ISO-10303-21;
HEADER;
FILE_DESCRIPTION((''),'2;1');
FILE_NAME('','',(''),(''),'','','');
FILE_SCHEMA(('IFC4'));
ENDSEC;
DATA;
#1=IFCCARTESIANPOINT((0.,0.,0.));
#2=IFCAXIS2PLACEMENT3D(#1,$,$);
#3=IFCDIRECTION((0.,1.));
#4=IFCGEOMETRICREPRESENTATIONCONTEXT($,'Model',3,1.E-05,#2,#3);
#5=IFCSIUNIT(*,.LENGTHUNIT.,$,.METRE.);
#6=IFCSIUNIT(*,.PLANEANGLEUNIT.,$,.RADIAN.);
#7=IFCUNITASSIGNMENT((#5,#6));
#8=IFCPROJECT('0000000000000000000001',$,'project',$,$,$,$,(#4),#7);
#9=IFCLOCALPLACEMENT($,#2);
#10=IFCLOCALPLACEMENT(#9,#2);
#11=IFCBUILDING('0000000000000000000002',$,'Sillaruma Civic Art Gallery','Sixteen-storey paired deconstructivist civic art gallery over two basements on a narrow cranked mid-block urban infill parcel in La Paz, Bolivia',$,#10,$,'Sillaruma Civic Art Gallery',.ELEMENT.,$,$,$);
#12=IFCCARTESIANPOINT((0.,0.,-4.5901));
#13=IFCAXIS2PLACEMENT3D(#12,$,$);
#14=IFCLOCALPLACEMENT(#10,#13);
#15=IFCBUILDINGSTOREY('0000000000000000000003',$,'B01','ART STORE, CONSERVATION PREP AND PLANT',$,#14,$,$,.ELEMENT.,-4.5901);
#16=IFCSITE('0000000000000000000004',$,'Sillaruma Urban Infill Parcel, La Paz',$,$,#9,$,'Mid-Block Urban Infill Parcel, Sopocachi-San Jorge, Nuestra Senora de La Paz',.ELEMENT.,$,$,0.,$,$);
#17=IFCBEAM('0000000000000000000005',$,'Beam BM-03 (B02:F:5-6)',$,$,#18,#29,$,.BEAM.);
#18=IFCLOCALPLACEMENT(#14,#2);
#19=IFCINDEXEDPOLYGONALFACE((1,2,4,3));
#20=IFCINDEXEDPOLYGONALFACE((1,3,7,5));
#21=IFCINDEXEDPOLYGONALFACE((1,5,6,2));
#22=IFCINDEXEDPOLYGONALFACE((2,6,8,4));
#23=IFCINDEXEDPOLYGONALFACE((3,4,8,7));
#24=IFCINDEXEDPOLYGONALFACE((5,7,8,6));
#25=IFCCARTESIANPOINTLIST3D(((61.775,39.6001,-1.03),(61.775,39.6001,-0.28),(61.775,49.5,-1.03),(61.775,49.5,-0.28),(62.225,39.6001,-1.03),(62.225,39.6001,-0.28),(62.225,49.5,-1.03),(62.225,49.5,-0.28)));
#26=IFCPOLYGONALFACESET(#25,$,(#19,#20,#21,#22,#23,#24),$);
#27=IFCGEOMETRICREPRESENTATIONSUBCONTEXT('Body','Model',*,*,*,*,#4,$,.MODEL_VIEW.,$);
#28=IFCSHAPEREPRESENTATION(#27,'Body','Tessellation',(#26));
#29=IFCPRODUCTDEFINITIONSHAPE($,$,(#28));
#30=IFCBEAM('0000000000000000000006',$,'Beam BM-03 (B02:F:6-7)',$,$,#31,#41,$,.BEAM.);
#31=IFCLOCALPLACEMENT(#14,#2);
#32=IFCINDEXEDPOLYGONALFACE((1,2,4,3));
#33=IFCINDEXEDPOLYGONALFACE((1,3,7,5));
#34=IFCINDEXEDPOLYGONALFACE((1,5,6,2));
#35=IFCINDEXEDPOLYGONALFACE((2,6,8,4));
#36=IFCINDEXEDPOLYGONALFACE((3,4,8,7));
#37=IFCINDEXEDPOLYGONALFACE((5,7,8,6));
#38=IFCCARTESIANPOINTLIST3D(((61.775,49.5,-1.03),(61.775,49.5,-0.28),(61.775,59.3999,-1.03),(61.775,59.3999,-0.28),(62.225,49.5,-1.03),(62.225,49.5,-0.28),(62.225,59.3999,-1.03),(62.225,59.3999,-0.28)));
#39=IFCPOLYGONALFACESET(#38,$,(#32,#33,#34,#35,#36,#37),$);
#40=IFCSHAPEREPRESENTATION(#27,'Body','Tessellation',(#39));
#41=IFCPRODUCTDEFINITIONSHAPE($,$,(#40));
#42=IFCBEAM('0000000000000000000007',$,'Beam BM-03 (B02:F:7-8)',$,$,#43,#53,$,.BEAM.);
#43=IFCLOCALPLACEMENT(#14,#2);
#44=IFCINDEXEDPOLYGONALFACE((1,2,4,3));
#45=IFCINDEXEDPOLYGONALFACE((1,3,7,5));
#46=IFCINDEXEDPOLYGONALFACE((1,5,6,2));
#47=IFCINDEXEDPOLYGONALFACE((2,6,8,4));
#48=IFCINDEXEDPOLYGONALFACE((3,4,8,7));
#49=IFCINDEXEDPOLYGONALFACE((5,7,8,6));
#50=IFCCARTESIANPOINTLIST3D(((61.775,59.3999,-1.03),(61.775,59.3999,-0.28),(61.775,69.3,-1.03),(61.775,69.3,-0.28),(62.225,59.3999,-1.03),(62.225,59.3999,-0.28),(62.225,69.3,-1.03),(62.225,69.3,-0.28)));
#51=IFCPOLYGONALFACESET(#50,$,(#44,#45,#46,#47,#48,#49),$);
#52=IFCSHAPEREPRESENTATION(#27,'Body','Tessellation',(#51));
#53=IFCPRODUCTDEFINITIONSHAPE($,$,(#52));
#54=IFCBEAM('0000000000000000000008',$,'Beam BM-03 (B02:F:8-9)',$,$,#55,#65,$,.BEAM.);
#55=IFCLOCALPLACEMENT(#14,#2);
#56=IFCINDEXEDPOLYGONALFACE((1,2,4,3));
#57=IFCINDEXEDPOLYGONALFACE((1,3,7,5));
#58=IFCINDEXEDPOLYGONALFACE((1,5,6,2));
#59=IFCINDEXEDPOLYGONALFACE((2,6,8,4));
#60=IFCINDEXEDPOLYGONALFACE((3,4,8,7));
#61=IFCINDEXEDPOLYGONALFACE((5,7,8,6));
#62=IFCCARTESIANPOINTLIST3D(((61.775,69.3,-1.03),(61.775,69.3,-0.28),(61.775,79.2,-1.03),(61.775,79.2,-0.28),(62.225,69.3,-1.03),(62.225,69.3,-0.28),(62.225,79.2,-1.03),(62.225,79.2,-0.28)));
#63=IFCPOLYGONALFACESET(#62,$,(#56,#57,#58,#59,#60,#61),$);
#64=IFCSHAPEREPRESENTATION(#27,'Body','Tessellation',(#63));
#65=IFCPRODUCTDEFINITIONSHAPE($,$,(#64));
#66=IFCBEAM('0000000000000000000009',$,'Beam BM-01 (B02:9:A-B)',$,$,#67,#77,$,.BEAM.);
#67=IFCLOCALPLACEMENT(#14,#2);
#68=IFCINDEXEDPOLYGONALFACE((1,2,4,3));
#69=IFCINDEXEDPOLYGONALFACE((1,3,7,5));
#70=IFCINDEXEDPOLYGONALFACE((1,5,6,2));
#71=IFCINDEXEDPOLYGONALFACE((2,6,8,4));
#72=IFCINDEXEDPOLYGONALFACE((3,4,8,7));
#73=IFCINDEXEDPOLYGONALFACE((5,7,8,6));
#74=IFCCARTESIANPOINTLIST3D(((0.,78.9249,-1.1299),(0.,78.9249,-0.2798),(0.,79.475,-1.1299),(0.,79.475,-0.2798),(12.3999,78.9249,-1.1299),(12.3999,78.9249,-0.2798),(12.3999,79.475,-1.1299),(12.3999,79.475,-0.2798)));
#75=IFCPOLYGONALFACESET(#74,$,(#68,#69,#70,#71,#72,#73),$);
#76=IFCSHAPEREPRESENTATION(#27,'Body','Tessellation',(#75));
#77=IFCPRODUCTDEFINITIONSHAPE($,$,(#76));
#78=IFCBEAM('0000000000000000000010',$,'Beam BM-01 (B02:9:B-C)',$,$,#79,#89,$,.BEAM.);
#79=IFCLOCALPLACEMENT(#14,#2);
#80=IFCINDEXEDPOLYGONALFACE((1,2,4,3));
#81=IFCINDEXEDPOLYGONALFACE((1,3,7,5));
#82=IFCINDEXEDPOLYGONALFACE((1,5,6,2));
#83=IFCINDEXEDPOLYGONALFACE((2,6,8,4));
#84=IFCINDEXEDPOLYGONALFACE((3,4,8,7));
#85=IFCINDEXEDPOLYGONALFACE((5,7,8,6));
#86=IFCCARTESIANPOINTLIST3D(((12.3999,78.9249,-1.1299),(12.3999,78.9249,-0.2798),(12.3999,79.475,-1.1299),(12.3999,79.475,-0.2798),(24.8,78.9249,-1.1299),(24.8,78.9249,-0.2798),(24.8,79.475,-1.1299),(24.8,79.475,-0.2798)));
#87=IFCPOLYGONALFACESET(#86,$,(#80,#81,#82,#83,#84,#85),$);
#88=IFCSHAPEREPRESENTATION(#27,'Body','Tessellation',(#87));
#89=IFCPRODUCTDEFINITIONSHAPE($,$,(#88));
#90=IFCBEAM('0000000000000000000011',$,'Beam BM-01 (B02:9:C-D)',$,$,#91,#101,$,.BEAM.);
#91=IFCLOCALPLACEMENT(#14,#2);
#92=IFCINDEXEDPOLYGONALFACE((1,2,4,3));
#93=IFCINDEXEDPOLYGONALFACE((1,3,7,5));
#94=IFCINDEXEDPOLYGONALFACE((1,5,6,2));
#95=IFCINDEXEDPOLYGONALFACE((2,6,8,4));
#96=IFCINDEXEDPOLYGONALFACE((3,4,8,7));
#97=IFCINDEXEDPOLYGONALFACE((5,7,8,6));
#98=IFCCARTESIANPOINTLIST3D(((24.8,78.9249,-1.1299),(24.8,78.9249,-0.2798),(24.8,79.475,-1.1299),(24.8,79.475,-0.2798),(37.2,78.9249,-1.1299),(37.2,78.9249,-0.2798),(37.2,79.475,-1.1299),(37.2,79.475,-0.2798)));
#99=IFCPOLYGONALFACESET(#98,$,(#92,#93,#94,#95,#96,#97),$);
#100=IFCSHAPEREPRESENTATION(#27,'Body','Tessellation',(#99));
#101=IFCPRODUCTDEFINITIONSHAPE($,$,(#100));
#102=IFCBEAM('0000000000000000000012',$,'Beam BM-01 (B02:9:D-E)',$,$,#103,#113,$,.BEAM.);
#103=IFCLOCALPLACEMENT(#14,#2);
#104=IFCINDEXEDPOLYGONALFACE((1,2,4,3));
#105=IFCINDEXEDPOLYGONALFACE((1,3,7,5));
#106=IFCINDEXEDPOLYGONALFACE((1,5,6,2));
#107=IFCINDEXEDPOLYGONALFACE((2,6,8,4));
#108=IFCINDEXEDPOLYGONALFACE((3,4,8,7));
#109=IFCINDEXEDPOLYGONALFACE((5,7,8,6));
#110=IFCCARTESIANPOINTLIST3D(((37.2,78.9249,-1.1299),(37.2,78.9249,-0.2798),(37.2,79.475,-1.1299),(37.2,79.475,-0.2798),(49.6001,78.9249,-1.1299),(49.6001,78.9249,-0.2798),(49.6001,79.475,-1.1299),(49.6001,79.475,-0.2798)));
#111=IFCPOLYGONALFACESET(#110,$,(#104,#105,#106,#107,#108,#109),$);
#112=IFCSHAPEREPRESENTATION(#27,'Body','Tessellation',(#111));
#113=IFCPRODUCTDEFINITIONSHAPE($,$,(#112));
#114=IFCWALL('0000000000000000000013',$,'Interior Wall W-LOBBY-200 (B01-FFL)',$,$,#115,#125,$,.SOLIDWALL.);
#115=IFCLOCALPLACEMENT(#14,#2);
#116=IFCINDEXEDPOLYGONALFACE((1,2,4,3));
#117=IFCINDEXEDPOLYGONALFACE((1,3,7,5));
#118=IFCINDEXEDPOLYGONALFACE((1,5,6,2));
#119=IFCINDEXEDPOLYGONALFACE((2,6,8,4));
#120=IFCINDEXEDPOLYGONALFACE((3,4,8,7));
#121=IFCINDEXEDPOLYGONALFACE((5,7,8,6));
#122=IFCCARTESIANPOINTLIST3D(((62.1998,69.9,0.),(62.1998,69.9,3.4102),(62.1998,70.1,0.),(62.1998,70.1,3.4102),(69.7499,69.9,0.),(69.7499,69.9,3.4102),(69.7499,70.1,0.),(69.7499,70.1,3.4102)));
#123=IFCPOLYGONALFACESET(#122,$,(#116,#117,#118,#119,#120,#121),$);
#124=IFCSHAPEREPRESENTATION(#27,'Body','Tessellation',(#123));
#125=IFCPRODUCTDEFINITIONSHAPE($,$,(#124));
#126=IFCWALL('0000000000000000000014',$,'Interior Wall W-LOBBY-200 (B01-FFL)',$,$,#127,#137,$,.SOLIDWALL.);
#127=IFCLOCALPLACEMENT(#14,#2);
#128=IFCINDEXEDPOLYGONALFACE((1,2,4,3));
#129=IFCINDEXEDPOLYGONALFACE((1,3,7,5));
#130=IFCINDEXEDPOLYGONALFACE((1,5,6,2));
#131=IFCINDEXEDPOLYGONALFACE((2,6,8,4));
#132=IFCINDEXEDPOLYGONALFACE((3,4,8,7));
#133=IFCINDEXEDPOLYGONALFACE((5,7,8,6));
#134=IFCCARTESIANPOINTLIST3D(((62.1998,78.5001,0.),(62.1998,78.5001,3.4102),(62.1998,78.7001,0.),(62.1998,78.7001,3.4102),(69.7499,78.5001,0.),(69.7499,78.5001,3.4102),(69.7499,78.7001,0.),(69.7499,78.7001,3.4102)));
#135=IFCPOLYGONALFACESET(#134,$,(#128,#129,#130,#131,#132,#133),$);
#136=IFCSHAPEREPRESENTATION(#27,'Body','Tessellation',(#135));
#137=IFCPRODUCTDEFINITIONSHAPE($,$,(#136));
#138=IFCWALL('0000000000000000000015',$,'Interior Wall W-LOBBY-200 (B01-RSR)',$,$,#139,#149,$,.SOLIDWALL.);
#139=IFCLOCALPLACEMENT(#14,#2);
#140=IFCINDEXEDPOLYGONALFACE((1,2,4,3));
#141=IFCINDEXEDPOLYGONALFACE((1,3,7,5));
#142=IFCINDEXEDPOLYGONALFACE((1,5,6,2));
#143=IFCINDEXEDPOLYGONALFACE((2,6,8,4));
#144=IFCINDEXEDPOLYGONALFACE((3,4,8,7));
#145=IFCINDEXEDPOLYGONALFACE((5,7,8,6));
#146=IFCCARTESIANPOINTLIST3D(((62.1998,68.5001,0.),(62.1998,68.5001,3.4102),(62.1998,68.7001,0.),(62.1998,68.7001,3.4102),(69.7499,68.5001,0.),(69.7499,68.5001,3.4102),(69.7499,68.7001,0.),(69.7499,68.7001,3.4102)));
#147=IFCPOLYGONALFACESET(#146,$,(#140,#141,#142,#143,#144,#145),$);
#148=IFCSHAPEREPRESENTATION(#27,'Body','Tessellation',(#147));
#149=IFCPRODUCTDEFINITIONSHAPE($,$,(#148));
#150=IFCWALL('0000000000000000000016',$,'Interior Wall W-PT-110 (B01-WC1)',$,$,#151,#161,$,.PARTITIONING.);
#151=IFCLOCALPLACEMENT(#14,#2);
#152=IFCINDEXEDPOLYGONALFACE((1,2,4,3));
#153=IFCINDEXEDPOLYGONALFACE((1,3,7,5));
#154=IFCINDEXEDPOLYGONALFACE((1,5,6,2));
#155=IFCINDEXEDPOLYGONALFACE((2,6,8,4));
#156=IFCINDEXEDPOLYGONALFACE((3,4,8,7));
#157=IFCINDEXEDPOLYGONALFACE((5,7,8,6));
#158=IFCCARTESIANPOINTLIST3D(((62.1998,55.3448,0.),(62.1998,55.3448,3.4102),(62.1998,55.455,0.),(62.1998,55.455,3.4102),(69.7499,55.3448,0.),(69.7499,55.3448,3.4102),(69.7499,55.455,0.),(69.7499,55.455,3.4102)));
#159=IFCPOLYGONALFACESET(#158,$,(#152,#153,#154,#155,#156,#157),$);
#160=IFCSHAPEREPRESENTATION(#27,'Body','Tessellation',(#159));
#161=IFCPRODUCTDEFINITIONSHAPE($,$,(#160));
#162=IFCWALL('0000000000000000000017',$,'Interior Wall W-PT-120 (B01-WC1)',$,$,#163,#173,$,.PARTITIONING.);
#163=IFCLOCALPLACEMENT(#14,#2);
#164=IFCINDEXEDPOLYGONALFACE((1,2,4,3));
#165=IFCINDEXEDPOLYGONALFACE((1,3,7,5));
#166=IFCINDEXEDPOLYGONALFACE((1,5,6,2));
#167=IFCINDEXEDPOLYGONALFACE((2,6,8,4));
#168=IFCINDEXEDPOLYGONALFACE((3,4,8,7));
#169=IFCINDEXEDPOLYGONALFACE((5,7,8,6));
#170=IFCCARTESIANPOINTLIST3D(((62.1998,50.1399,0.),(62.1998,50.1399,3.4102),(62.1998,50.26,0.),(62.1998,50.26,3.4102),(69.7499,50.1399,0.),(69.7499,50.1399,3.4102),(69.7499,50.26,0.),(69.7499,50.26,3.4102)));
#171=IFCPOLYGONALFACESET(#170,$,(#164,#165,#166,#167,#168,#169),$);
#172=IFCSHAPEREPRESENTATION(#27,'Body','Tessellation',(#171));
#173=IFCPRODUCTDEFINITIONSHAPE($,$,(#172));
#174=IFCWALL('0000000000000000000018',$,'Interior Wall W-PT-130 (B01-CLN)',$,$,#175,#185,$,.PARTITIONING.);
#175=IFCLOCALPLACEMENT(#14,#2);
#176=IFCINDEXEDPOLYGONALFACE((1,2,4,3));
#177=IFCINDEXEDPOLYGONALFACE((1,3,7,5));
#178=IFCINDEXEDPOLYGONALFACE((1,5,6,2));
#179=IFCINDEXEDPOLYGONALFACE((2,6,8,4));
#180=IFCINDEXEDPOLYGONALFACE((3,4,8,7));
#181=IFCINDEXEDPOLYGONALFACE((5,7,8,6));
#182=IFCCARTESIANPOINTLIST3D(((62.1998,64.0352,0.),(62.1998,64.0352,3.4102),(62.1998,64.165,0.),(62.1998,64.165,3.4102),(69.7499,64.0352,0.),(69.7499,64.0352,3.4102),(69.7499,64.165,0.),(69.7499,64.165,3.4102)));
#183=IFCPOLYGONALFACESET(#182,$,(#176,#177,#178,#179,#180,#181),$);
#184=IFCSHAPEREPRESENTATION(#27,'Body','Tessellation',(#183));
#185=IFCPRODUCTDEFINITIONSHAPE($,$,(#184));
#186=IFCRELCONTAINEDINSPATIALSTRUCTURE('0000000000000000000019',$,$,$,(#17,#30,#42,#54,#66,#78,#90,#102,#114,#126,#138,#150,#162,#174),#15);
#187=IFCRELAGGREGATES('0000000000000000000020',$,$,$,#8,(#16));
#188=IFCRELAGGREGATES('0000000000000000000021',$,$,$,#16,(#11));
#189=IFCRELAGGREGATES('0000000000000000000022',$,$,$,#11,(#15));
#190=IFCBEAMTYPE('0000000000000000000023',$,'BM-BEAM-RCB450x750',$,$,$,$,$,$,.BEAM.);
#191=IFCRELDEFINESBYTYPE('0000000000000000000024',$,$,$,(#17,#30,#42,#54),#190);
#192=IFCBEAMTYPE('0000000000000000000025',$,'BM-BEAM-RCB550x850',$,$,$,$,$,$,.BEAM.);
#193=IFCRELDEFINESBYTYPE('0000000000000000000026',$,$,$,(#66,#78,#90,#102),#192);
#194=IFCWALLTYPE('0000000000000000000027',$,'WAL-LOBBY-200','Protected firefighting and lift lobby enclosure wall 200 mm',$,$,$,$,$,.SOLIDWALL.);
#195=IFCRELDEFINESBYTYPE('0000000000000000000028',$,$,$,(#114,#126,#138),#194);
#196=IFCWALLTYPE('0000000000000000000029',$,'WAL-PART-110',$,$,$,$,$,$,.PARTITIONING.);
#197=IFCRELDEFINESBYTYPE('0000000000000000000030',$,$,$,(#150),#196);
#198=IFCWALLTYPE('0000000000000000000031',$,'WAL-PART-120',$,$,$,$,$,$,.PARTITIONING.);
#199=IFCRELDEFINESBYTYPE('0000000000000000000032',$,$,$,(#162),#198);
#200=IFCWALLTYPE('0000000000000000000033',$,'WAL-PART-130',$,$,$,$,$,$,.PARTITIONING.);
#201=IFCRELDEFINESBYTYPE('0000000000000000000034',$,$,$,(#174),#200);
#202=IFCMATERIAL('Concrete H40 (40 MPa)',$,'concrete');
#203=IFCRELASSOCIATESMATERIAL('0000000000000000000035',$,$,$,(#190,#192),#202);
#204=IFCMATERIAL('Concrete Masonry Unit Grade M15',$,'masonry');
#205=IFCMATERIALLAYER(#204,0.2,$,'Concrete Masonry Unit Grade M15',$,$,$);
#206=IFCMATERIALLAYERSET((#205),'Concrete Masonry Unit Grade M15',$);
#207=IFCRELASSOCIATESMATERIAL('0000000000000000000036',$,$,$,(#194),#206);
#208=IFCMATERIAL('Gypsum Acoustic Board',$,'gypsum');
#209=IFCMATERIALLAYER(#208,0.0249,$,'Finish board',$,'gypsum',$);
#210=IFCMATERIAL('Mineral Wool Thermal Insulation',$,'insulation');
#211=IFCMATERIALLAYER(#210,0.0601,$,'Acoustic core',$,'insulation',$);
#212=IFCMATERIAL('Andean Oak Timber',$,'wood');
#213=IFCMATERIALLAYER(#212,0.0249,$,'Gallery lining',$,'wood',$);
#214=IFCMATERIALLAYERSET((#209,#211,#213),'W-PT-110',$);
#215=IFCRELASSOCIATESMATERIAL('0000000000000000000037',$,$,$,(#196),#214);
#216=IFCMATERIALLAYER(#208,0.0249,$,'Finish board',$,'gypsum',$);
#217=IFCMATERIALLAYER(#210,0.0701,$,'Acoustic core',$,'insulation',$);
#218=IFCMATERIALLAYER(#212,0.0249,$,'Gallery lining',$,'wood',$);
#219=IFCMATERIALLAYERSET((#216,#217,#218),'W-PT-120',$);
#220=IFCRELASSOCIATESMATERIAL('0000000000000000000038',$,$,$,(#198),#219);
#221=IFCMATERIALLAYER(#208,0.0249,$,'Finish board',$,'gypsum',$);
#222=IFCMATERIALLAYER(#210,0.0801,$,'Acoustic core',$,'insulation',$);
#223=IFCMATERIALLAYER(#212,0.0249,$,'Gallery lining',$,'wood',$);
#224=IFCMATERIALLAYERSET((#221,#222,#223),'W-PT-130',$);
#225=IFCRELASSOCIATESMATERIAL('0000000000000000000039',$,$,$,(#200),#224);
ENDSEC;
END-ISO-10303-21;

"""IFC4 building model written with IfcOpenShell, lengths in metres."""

from ifc_helpers import new_model, si_unit, direction, frame, frame_2d, origin, origin_2d, place, context, subcontext, project, spatial, rectangle, extrude, material, layer, layer_set, material_profile, profile_set, type_object, element, save


model = new_model("IFC4")

# Units and contexts
model_context = context("Model", 3, precision=1e-05, world=origin(), true_north=direction((0.0, 1.0)))
body_context = subcontext(model_context, "Body", "Model", "MODEL_VIEW")
ifc_project = project(units=[si_unit("LENGTHUNIT", "METRE"), si_unit("PLANEANGLEUNIT", "RADIAN")], contexts=[model_context])

# Site, building, storey
site_placement = place(None, origin())
site = spatial("IfcSite", under=ifc_project, at=site_placement, Name="Sillaruma Urban Infill Parcel, La Paz", LongName="Mid-Block Urban Infill Parcel, Sopocachi-San Jorge, Nuestra Senora de La Paz", CompositionType="ELEMENT", RefElevation=0.0)
building_placement = place(site_placement, origin())
building = spatial("IfcBuilding", under=site, at=building_placement, Name="Sillaruma Civic Art Gallery", Description="Sixteen-storey paired deconstructivist civic art gallery over two basements on a narrow cranked mid-block urban infill parcel in La Paz, Bolivia", LongName="Sillaruma Civic Art Gallery", CompositionType="ELEMENT")
storey_placement = place(building_placement, frame((0.0, 0.0, -4.5901)))
storey = spatial("IfcBuildingStorey", under=building, at=storey_placement, Name="B01", Description="ART STORE, CONSERVATION PREP AND PLANT", CompositionType="ELEMENT", Elevation=-4.5901)

# Shared definitions
ifc_material_1 = material(Name="Concrete H40 (40 MPa)", Category="concrete")

# Beams
ifc_material_profile_1 = material_profile(ifc_material_1, rectangle(XDim=0.45, YDim=0.75, at=origin_2d()), Name="RCB450x750")
ifc_profile_set_1 = profile_set([ifc_material_profile_1], Name="Concrete H40 (40 MPa)")
beam_type_1 = type_object("IfcBeamType", Name="BM-BEAM-RCB450x750", PredefinedType="BEAM", material=ifc_profile_set_1)
for number, where, z_axis, x_axis, name in (
    (1, (62.0, 39.6001, -0.655), (0.0, 1.0, 0.0), (-1.0, 0.0, 0.0), "Beam BM-03 (B02:F:5-6)"),
    (2, (62.0, 49.5, -0.655), (0.0, 1.0, 0.0), (-1.0, 0.0, 0.0), "Beam BM-03 (B02:F:6-7)"),
):
    element("IfcBeam", number, at=place(storey_placement, frame(where, z_axis=z_axis, x_axis=x_axis)), inside=storey, type_object=beam_type_1, Name=name, PredefinedType="BEAM", context=body_context, shape_type="SweptSolid", body=[
        extrude(rectangle(XDim=0.45, YDim=0.75, at=origin_2d()), origin(), (0.0, 0.0, 1.0), 9.8999),
    ])
beam_1_placement = place(storey_placement, frame((62.0, 59.3999, -0.655), z_axis=(0.0, 1.0, 0.0), x_axis=(-1.0, 0.0, 0.0)))
element("IfcBeam", 3, at=beam_1_placement, inside=storey, type_object=beam_type_1, Name="Beam BM-03 (B02:F:7-8)", PredefinedType="BEAM", context=body_context, shape_type="SweptSolid", body=[
    extrude(rectangle(XDim=0.45, YDim=0.75, at=origin_2d()), origin(), (0.0, 0.0, 1.0), 9.9001),
])
beam_2_placement = place(storey_placement, frame((62.0, 69.3, -0.655), z_axis=(0.0, 1.0, 0.0), x_axis=(-1.0, 0.0, 0.0)))
element("IfcBeam", 4, at=beam_2_placement, inside=storey, type_object=beam_type_1, Name="Beam BM-03 (B02:F:8-9)", PredefinedType="BEAM", context=body_context, shape_type="SweptSolid", body=[
    extrude(rectangle(XDim=0.45, YDim=0.75, at=origin_2d()), origin(), (0.0, 0.0, 1.0), 9.8999),
])
ifc_material_profile_2 = material_profile(ifc_material_1, rectangle(XDim=0.55, YDim=0.8501, at=origin_2d()), Name="RCB550x850")
ifc_profile_set_2 = profile_set([ifc_material_profile_2], Name="Concrete H40 (40 MPa)")
beam_type_2 = type_object("IfcBeamType", Name="BM-BEAM-RCB550x850", PredefinedType="BEAM", material=ifc_profile_set_2)
beam_3_placement = place(storey_placement, frame((0.0, 79.2, -0.7048), z_axis=(1.0, 0.0, 0.0), x_axis=(0.0, 1.0, 0.0)))
element("IfcBeam", 5, at=beam_3_placement, inside=storey, type_object=beam_type_2, Name="Beam BM-01 (B02:9:A-B)", PredefinedType="BEAM", context=body_context, shape_type="SweptSolid", body=[
    extrude(rectangle(XDim=0.55, YDim=0.8501, at=origin_2d()), origin(), (0.0, 0.0, 1.0), 12.3999),
])
beam_4_placement = place(storey_placement, frame((12.3999, 79.2, -0.7048), z_axis=(1.0, 0.0, 0.0), x_axis=(0.0, 1.0, 0.0)))
element("IfcBeam", 6, at=beam_4_placement, inside=storey, type_object=beam_type_2, Name="Beam BM-01 (B02:9:B-C)", PredefinedType="BEAM", context=body_context, shape_type="SweptSolid", body=[
    extrude(rectangle(XDim=0.55, YDim=0.8501, at=origin_2d()), origin(), (0.0, 0.0, 1.0), 12.4001),
])
beam_5_placement = place(storey_placement, frame((24.8, 79.2, -0.7048), z_axis=(1.0, 0.0, 0.0), x_axis=(0.0, 1.0, 0.0)))
element("IfcBeam", 7, at=beam_5_placement, inside=storey, type_object=beam_type_2, Name="Beam BM-01 (B02:9:C-D)", PredefinedType="BEAM", context=body_context, shape_type="SweptSolid", body=[
    extrude(rectangle(XDim=0.55, YDim=0.8501, at=origin_2d()), origin(), (0.0, 0.0, 1.0), 12.3999),
])
beam_6_placement = place(storey_placement, frame((37.2, 79.2, -0.7048), z_axis=(1.0, 0.0, 0.0), x_axis=(0.0, 1.0, 0.0)))
element("IfcBeam", 8, at=beam_6_placement, inside=storey, type_object=beam_type_2, Name="Beam BM-01 (B02:9:D-E)", PredefinedType="BEAM", context=body_context, shape_type="SweptSolid", body=[
    extrude(rectangle(XDim=0.55, YDim=0.8501, at=origin_2d()), origin(), (0.0, 0.0, 1.0), 12.4001),
])

# Walls
ifc_material_2 = material(Name="Concrete Masonry Unit Grade M15", Category="masonry")
ifc_layer_1 = layer(ifc_material_2, 0.2, Name="Concrete Masonry Unit Grade M15")
ifc_layer_set_1 = layer_set([ifc_layer_1], Name="Concrete Masonry Unit Grade M15")
wall_type_1 = type_object("IfcWallType", Name="WAL-LOBBY-200", Description="Protected firefighting and lift lobby enclosure wall 200 mm", PredefinedType="SOLIDWALL", material=ifc_layer_set_1)
for number, where, z_axis, x_axis, name in (
    (9, (62.2, 70.0, 0.0), (0.0, 0.0, 1.0), (1.0, 0.0, 0.0), "Interior Wall W-LOBBY-200 (B01-FFL)"),
    (10, (62.2, 78.6001, 0.0), (0.0, 0.0, 1.0), (1.0, 0.0, 0.0), "Interior Wall W-LOBBY-200 (B01-FFL)"),
    (11, (62.2, 68.6001, 0.0), (0.0, 0.0, 1.0), (1.0, 0.0, 0.0), "Interior Wall W-LOBBY-200 (B01-RSR)"),
):
    element("IfcWall", number, at=place(storey_placement, frame(where, z_axis=z_axis, x_axis=x_axis)), inside=storey, type_object=wall_type_1, Name=name, PredefinedType="SOLIDWALL", context=body_context, shape_type="SweptSolid", body=[
        extrude(rectangle(XDim=7.55, YDim=0.2, at=frame_2d((3.7749, 0.0))), origin(), (0.0, 0.0, 1.0), 3.4102),
    ])
ifc_material_3 = material(Name="Gypsum Acoustic Board", Category="gypsum")
ifc_layer_2 = layer(ifc_material_3, 0.0249, Name="Finish board", Category="gypsum")
ifc_material_4 = material(Name="Mineral Wool Thermal Insulation", Category="insulation")
ifc_layer_3 = layer(ifc_material_4, 0.0601, Name="Acoustic core", Category="insulation")
ifc_material_5 = material(Name="Andean Oak Timber", Category="wood")
ifc_layer_4 = layer(ifc_material_5, 0.0249, Name="Gallery lining", Category="wood")
ifc_layer_set_2 = layer_set([ifc_layer_2, ifc_layer_3, ifc_layer_4], Name="W-PT-110")
wall_type_2 = type_object("IfcWallType", Name="WAL-PART-110", PredefinedType="PARTITIONING", material=ifc_layer_set_2)
wall_1_placement = place(storey_placement, frame((62.2, 55.3999, 0.0), z_axis=(0.0, 0.0, 1.0), x_axis=(1.0, 0.0, 0.0)))
element("IfcWall", 12, at=wall_1_placement, inside=storey, type_object=wall_type_2, Name="Interior Wall W-PT-110 (B01-WC1)", PredefinedType="PARTITIONING", context=body_context, shape_type="SweptSolid", body=[
    extrude(rectangle(XDim=7.55, YDim=0.1101, at=frame_2d((3.7749, 0.0))), origin(), (0.0, 0.0, 1.0), 3.4102),
])
ifc_layer_5 = layer(ifc_material_3, 0.0249, Name="Finish board", Category="gypsum")
ifc_layer_6 = layer(ifc_material_4, 0.0701, Name="Acoustic core", Category="insulation")
ifc_layer_7 = layer(ifc_material_5, 0.0249, Name="Gallery lining", Category="wood")
ifc_layer_set_3 = layer_set([ifc_layer_5, ifc_layer_6, ifc_layer_7], Name="W-PT-120")
wall_type_3 = type_object("IfcWallType", Name="WAL-PART-120", PredefinedType="PARTITIONING", material=ifc_layer_set_3)
wall_2_placement = place(storey_placement, frame((62.2, 50.2, 0.0), z_axis=(0.0, 0.0, 1.0), x_axis=(1.0, 0.0, 0.0)))
element("IfcWall", 13, at=wall_2_placement, inside=storey, type_object=wall_type_3, Name="Interior Wall W-PT-120 (B01-WC1)", PredefinedType="PARTITIONING", context=body_context, shape_type="SweptSolid", body=[
    extrude(rectangle(XDim=7.55, YDim=0.1201, at=frame_2d((3.7749, 0.0))), origin(), (0.0, 0.0, 1.0), 3.4102),
])
ifc_layer_8 = layer(ifc_material_3, 0.0249, Name="Finish board", Category="gypsum")
ifc_layer_9 = layer(ifc_material_4, 0.0801, Name="Acoustic core", Category="insulation")
ifc_layer_10 = layer(ifc_material_5, 0.0249, Name="Gallery lining", Category="wood")
ifc_layer_set_4 = layer_set([ifc_layer_8, ifc_layer_9, ifc_layer_10], Name="W-PT-130")
wall_type_4 = type_object("IfcWallType", Name="WAL-PART-130", PredefinedType="PARTITIONING", material=ifc_layer_set_4)
wall_3_placement = place(storey_placement, frame((62.2, 64.1001, 0.0), z_axis=(0.0, 0.0, 1.0), x_axis=(1.0, 0.0, 0.0)))
element("IfcWall", 14, at=wall_3_placement, inside=storey, type_object=wall_type_4, Name="Interior Wall W-PT-130 (B01-CLN)", PredefinedType="PARTITIONING", context=body_context, shape_type="SweptSolid", body=[
    extrude(rectangle(XDim=7.55, YDim=0.1299, at=frame_2d((3.7749, 0.0))), origin(), (0.0, 0.0, 1.0), 3.4102),
])

save(model, "model.ifc")
